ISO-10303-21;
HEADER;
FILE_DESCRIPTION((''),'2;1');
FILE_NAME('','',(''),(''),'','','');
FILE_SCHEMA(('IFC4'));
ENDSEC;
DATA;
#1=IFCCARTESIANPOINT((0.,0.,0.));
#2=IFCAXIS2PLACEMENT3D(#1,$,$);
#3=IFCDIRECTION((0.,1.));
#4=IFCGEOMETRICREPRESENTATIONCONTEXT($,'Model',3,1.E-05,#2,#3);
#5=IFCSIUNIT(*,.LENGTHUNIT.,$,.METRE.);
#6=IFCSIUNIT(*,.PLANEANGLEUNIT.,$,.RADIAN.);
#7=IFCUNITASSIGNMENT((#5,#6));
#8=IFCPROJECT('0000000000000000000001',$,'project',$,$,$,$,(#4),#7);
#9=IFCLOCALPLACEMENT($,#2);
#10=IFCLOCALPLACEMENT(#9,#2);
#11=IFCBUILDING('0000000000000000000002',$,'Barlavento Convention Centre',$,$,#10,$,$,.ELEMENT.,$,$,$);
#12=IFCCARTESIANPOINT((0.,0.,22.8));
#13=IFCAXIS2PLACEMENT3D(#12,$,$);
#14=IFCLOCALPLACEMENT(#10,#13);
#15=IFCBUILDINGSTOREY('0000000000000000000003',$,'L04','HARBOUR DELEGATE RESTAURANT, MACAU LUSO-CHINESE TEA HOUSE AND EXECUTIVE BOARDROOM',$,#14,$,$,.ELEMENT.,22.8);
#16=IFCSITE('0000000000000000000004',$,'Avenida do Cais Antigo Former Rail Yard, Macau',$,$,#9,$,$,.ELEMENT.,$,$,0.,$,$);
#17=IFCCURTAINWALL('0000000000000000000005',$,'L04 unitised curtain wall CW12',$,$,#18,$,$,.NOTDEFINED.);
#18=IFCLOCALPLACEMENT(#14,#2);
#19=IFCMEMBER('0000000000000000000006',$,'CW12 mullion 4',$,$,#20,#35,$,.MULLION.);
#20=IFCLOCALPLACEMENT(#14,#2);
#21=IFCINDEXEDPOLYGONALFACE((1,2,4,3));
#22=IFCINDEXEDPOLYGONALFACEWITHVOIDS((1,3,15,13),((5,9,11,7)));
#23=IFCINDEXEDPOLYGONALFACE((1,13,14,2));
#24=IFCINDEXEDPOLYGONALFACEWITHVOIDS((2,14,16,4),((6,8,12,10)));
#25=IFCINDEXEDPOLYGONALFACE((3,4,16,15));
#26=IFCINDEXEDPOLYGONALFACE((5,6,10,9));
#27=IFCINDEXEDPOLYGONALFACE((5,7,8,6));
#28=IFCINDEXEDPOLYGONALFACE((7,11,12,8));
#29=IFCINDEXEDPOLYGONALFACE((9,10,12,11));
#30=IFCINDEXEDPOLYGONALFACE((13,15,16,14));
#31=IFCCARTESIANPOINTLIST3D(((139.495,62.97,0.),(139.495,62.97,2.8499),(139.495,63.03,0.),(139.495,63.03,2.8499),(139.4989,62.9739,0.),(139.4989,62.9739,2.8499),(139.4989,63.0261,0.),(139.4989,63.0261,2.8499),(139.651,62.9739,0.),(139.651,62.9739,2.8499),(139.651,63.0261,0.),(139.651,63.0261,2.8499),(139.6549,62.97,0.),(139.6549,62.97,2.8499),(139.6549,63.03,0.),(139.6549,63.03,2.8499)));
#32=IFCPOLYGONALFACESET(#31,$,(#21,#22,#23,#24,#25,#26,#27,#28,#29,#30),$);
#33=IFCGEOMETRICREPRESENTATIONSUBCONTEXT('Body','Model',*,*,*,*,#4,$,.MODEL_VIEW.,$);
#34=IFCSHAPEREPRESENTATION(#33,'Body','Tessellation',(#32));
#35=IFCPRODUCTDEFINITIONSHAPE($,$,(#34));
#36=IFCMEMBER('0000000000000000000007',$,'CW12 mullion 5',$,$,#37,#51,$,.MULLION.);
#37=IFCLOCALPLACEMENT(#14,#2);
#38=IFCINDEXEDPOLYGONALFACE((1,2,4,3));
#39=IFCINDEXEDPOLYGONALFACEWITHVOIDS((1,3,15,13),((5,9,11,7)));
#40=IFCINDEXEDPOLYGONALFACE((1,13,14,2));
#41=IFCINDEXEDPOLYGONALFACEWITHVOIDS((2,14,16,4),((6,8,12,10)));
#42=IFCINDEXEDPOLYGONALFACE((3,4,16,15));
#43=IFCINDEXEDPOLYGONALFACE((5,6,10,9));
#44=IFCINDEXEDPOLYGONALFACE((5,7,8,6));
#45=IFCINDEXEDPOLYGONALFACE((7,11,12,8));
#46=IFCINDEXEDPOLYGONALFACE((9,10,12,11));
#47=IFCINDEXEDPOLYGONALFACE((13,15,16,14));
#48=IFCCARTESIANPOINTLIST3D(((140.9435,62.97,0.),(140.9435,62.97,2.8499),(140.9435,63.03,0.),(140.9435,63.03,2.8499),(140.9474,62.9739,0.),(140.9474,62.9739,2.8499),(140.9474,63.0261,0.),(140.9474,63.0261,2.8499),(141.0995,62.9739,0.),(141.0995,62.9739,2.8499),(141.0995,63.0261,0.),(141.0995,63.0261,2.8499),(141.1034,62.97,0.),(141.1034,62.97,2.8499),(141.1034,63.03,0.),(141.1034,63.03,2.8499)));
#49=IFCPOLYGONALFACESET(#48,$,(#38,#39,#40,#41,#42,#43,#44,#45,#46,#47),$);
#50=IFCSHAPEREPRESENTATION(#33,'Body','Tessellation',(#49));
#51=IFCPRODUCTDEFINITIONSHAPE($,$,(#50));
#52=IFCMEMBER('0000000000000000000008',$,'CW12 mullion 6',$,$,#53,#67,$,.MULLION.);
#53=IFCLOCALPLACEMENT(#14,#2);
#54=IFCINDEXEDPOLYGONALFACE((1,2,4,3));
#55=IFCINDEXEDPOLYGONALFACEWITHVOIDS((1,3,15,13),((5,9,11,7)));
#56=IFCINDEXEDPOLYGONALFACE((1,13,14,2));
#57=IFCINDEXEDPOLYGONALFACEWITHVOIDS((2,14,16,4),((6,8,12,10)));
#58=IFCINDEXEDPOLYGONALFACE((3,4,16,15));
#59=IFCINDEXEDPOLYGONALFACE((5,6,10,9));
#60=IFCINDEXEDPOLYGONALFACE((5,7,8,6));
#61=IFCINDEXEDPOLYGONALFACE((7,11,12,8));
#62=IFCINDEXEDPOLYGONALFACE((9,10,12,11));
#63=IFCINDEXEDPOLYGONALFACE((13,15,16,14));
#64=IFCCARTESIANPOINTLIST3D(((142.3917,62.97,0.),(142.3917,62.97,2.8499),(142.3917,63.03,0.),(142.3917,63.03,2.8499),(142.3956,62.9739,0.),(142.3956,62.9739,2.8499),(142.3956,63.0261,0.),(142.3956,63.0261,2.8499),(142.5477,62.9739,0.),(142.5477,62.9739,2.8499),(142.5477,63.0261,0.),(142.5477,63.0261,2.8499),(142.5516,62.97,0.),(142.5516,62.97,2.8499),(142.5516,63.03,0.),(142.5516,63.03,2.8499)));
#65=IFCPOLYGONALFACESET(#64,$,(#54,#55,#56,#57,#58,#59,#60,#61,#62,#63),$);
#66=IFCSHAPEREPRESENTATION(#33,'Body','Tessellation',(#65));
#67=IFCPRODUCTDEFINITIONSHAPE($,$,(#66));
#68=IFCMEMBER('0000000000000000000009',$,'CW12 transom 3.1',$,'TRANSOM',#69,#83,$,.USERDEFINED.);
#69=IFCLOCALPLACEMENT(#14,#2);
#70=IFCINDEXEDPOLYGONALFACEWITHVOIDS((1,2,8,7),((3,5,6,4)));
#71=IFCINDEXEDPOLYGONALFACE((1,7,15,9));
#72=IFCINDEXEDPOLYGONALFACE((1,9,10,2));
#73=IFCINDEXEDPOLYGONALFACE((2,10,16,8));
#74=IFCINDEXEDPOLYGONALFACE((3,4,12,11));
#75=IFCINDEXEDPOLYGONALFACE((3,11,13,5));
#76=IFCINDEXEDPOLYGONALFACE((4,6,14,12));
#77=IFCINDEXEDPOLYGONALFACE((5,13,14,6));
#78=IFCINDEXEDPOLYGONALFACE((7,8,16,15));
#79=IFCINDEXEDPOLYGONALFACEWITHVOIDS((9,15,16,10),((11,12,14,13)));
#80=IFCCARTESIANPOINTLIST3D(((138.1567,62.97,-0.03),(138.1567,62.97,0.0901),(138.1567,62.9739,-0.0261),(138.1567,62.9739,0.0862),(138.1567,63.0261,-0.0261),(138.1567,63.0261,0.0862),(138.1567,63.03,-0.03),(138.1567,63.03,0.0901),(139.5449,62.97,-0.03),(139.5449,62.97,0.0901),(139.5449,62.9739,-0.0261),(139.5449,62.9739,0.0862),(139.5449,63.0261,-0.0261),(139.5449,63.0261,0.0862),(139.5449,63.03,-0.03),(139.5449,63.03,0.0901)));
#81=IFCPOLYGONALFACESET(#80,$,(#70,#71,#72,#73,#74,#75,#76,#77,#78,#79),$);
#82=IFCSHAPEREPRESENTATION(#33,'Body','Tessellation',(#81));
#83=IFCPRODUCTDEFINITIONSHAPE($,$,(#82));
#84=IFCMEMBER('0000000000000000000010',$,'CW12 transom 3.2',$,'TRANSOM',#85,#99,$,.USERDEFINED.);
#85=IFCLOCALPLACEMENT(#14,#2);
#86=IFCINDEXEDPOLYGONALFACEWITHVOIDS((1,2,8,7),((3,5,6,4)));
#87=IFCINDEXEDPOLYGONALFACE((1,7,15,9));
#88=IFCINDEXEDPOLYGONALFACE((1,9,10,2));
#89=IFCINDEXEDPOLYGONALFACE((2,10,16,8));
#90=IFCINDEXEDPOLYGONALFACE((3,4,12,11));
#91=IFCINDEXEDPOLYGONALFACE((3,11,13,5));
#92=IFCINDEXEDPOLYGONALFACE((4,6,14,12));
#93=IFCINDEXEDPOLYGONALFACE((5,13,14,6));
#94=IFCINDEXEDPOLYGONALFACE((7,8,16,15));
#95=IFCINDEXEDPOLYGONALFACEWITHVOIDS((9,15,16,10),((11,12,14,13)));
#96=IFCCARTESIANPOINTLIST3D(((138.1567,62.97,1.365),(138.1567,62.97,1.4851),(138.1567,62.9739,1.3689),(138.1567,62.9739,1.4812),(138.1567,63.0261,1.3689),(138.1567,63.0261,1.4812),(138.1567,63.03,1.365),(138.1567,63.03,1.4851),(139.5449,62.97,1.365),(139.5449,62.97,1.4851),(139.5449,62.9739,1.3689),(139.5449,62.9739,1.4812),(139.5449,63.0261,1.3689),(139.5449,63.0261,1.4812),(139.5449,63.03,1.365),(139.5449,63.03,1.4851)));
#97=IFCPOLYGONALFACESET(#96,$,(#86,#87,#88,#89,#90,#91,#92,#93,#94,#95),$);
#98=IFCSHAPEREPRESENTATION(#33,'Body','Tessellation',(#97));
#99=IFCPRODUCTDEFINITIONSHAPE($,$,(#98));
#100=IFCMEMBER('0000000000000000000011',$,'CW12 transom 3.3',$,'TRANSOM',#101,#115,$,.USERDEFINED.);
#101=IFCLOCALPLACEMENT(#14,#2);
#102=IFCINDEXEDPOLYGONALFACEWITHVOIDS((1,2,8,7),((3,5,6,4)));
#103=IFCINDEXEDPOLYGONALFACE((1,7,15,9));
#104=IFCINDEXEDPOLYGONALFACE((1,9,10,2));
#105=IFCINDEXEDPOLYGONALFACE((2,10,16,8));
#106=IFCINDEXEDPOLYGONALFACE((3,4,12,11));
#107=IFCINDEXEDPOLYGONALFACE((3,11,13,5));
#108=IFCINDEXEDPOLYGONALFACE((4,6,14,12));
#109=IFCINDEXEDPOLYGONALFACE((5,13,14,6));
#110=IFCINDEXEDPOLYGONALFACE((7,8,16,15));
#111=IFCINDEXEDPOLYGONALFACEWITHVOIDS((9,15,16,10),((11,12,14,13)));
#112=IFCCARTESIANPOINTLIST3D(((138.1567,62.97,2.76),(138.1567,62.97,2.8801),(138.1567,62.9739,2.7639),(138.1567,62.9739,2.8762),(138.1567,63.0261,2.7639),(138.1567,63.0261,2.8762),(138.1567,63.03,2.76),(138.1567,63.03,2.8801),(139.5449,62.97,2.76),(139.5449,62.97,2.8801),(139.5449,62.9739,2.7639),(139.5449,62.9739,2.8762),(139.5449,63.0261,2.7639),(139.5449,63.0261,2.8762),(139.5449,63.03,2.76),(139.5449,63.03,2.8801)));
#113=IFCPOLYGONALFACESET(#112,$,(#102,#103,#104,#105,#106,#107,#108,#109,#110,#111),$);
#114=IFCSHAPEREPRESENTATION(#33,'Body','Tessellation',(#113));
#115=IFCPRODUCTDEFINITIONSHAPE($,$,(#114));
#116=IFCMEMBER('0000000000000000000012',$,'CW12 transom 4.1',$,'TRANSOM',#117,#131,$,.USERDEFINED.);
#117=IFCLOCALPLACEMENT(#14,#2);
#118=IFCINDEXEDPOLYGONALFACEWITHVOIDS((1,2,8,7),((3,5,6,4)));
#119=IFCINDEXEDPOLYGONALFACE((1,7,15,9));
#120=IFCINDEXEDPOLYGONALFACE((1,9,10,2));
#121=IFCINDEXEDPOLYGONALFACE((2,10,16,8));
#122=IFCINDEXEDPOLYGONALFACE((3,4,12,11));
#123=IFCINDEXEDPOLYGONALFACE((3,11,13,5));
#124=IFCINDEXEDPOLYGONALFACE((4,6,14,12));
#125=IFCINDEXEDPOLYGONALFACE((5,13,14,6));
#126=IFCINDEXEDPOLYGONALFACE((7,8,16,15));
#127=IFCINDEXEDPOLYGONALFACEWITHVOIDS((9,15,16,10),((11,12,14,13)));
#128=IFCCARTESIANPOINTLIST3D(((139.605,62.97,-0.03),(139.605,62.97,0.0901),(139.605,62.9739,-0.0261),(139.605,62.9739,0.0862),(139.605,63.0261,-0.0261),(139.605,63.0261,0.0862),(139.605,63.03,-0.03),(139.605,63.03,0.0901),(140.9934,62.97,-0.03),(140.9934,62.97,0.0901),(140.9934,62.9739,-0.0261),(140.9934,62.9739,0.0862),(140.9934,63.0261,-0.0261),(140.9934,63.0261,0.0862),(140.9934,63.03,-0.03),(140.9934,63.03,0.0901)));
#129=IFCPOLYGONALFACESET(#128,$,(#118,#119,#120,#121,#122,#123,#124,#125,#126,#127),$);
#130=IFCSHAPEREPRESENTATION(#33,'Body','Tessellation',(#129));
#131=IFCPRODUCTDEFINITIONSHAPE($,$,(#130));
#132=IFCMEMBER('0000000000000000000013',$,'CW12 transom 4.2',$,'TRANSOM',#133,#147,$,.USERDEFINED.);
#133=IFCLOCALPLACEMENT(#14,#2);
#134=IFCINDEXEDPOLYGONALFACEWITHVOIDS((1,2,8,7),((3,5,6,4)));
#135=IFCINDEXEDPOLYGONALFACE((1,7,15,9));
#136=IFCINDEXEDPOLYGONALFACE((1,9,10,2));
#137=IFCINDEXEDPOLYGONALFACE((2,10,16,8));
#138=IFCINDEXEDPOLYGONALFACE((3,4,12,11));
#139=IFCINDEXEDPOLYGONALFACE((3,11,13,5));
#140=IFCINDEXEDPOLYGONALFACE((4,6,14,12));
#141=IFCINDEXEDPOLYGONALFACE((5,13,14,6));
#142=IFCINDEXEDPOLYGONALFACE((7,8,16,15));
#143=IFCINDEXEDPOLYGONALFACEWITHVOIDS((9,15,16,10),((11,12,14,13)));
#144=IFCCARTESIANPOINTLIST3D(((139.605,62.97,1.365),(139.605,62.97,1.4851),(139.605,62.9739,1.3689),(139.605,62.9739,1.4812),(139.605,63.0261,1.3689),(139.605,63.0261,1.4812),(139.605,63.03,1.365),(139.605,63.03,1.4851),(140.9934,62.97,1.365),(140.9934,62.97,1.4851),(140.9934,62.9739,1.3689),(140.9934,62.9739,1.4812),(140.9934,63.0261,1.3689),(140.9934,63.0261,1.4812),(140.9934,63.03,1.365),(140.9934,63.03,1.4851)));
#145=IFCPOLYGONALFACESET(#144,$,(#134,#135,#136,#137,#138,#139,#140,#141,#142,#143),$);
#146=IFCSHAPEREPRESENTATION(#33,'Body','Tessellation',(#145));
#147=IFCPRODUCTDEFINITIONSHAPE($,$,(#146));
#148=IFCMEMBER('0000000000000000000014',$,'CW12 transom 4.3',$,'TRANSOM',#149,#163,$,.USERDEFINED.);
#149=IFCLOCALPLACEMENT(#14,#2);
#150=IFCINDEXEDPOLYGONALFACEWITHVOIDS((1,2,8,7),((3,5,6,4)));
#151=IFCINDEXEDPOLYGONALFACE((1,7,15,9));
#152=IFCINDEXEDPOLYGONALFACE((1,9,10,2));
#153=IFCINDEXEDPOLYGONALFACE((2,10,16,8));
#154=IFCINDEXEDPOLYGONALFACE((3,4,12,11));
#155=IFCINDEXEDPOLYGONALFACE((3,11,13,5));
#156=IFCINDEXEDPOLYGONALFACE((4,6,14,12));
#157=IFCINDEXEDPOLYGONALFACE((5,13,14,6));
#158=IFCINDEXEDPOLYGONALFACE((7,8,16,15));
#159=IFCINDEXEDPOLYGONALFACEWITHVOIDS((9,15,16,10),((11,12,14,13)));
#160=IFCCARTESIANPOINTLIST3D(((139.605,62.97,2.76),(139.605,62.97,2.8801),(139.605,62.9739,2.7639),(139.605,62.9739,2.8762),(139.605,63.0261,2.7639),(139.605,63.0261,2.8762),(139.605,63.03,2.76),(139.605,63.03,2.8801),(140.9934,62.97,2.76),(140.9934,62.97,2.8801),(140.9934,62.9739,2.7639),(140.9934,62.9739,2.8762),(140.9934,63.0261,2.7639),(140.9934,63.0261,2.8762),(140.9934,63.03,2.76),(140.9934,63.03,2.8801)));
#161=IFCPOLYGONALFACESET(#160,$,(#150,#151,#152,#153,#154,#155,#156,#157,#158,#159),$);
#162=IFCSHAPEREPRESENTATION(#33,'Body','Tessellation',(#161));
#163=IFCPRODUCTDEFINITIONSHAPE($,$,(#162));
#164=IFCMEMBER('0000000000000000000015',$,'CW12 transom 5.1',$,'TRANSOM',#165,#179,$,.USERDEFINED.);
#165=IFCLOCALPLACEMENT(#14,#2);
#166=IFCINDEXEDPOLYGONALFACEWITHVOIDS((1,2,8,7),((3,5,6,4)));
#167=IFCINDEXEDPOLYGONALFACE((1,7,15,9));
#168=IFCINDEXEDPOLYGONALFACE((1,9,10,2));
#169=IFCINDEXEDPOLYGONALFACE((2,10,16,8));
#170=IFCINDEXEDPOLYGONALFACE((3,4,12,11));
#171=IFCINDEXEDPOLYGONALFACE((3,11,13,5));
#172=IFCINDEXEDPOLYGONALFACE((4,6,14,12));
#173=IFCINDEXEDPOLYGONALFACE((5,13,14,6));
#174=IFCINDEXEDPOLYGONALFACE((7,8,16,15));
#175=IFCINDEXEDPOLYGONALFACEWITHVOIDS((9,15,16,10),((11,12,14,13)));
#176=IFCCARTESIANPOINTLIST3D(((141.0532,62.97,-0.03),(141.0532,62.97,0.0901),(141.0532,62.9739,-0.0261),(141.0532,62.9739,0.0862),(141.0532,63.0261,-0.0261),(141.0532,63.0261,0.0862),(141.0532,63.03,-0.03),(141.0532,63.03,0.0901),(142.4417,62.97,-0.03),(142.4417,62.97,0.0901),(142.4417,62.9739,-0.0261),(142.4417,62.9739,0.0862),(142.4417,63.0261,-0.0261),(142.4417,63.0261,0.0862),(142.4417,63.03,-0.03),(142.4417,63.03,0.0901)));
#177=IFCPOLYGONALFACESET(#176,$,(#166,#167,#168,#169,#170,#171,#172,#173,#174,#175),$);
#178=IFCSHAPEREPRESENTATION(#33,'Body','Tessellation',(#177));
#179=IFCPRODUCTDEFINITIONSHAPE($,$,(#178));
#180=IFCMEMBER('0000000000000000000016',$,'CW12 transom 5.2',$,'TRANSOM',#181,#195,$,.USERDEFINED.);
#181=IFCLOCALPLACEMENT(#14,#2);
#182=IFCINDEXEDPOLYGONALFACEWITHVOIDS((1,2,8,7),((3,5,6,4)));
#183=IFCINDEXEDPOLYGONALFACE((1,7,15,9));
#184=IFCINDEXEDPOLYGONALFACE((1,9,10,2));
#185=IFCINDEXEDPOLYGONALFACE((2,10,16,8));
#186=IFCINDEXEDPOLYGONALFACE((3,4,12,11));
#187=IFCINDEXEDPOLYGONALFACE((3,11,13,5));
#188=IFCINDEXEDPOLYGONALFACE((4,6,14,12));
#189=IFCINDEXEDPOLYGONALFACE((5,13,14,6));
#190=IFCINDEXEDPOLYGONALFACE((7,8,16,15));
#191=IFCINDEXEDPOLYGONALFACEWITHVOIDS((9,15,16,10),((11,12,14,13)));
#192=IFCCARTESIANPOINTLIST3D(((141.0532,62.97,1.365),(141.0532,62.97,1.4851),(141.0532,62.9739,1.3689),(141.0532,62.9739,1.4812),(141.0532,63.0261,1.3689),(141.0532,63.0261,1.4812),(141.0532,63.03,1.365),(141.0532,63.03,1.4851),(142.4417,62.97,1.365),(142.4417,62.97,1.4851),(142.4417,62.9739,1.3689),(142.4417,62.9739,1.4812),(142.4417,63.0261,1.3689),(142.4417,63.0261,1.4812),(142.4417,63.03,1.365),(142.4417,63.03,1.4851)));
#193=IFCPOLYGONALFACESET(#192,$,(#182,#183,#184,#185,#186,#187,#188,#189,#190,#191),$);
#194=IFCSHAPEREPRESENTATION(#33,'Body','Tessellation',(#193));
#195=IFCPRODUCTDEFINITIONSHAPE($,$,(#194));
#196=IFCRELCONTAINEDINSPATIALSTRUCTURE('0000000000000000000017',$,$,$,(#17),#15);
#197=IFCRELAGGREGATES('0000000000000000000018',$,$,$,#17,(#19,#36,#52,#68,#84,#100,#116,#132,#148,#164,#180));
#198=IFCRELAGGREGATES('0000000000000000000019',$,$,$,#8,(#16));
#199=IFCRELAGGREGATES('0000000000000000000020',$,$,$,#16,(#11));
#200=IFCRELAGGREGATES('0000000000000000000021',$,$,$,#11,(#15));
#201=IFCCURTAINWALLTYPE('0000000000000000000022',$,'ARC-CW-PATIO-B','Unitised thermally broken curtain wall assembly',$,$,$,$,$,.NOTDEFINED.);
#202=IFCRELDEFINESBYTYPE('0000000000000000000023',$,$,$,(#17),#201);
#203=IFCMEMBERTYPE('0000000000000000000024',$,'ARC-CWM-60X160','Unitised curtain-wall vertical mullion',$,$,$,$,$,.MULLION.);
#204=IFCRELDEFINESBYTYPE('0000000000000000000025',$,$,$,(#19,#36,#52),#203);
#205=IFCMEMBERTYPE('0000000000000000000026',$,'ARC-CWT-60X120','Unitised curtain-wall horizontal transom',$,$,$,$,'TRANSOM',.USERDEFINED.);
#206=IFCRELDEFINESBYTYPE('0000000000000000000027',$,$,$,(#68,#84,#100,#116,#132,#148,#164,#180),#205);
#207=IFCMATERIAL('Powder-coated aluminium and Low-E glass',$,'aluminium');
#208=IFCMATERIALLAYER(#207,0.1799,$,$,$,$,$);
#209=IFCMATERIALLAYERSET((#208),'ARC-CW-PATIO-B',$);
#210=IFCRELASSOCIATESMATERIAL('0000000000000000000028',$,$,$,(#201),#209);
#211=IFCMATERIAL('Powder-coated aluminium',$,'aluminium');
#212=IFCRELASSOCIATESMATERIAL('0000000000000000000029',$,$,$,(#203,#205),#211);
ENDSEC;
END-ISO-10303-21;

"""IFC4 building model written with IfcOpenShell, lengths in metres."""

from ifc_helpers import new_model, si_unit, direction, frame, origin, origin_2d, place, context, subcontext, project, spatial, hollow_rectangle, extrude, material, layer, layer_set, material_profile, profile_set, type_object, element, aggregate, save


model = new_model("IFC4")

# Units and contexts
model_context = context("Model", 3, precision=1e-05, world=origin(), true_north=direction((0.0, 1.0)))
body_context = subcontext(model_context, "Body", "Model", "MODEL_VIEW")
ifc_project = project(units=[si_unit("LENGTHUNIT", "METRE"), si_unit("PLANEANGLEUNIT", "RADIAN")], contexts=[model_context])

# Site, building, storey
site_placement = place(None, origin())
site = spatial("IfcSite", under=ifc_project, at=site_placement, Name="Avenida do Cais Antigo Former Rail Yard, Macau", CompositionType="ELEMENT", RefElevation=0.0)
building_placement = place(site_placement, origin())
building = spatial("IfcBuilding", under=site, at=building_placement, Name="Barlavento Convention Centre", CompositionType="ELEMENT")
storey_placement = place(building_placement, frame((0.0, 0.0, 22.8)))
storey = spatial("IfcBuildingStorey", under=building, at=storey_placement, Name="L04", Description="HARBOUR DELEGATE RESTAURANT, MACAU LUSO-CHINESE TEA HOUSE AND EXECUTIVE BOARDROOM", CompositionType="ELEMENT", Elevation=22.8)

# Curtain wall, members
ifc_material_1 = material(Name="Powder-coated aluminium and Low-E glass", Category="aluminium")
ifc_layer_1 = layer(ifc_material_1, 0.1799)
ifc_layer_set_1 = layer_set([ifc_layer_1], Name="ARC-CW-PATIO-B")
curtain_wall_type = type_object("IfcCurtainWallType", Name="ARC-CW-PATIO-B", Description="Unitised thermally broken curtain wall assembly", PredefinedType="NOTDEFINED", material=ifc_layer_set_1)
curtain_wall_placement = place(storey_placement, origin())
curtain_wall = element("IfcCurtainWall", 1, at=curtain_wall_placement, inside=storey, type_object=curtain_wall_type, Name="L04 unitised curtain wall CW12", PredefinedType="NOTDEFINED")
ifc_material_2 = material(Name="Powder-coated aluminium", Category="aluminium")
ifc_material_profile_1 = material_profile(ifc_material_2, hollow_rectangle(XDim=0.0601, YDim=0.1599, WallThickness=0.0039, at=origin_2d()), Name="AL-MULL 60x160x4")
ifc_profile_set_1 = profile_set([ifc_material_profile_1], Name="Powder-coated aluminium")
member_type_1 = type_object("IfcMemberType", Name="ARC-CWM-60X160", Description="Unitised curtain-wall vertical mullion", PredefinedType="MULLION", material=ifc_profile_set_1)
member_1_placement = place(storey_placement, frame((139.575, 63.0, 0.0), z_axis=(0.0, 0.0, 1.0), x_axis=(0.0, 1.0, 0.0)))
member_1 = element("IfcMember", 2, at=member_1_placement, type_object=member_type_1, Name="CW12 mullion 4", PredefinedType="MULLION", context=body_context, shape_type="SweptSolid", body=[
    extrude(hollow_rectangle(XDim=0.0601, YDim=0.1599, WallThickness=0.0039, at=origin_2d()), origin(), (0.0, 0.0, 1.0), 2.8499),
])
member_2_placement = place(storey_placement, frame((141.0234, 63.0, 0.0), z_axis=(0.0, 0.0, 1.0), x_axis=(0.0, 1.0, 0.0)))
member_2 = element("IfcMember", 3, at=member_2_placement, type_object=member_type_1, Name="CW12 mullion 5", PredefinedType="MULLION", context=body_context, shape_type="SweptSolid", body=[
    extrude(hollow_rectangle(XDim=0.0601, YDim=0.1599, WallThickness=0.0039, at=origin_2d()), origin(), (0.0, 0.0, 1.0), 2.8499),
])
member_3_placement = place(storey_placement, frame((142.4717, 63.0, 0.0), z_axis=(0.0, 0.0, 1.0), x_axis=(0.0, 1.0, 0.0)))
member_3 = element("IfcMember", 4, at=member_3_placement, type_object=member_type_1, Name="CW12 mullion 6", PredefinedType="MULLION", context=body_context, shape_type="SweptSolid", body=[
    extrude(hollow_rectangle(XDim=0.0601, YDim=0.1599, WallThickness=0.0039, at=origin_2d()), origin(), (0.0, 0.0, 1.0), 2.8499),
])
ifc_material_profile_2 = material_profile(ifc_material_2, hollow_rectangle(XDim=0.0601, YDim=0.1201, WallThickness=0.0039, at=origin_2d()), Name="AL-TRAN 60x120x4")
ifc_profile_set_2 = profile_set([ifc_material_profile_2], Name="Powder-coated aluminium")
member_type_2 = type_object("IfcMemberType", Name="ARC-CWT-60X120", Description="Unitised curtain-wall horizontal transom", ElementType="TRANSOM", PredefinedType="USERDEFINED", material=ifc_profile_set_2)
member_4_placement = place(storey_placement, frame((138.1567, 63.0, 0.03), z_axis=(1.0, 0.0, 0.0), x_axis=(0.0, 1.0, 0.0)))
member_4 = element("IfcMember", 5, at=member_4_placement, type_object=member_type_2, Name="CW12 transom 3.1", ObjectType="TRANSOM", PredefinedType="USERDEFINED", context=body_context, shape_type="SweptSolid", body=[
    extrude(hollow_rectangle(XDim=0.0601, YDim=0.1201, WallThickness=0.0039, at=origin_2d()), origin(), (0.0, 0.0, 1.0), 1.3882),
])
member_5_placement = place(storey_placement, frame((138.1567, 63.0, 1.425), z_axis=(1.0, 0.0, 0.0), x_axis=(0.0, 1.0, 0.0)))
member_5 = element("IfcMember", 6, at=member_5_placement, type_object=member_type_2, Name="CW12 transom 3.2", ObjectType="TRANSOM", PredefinedType="USERDEFINED", context=body_context, shape_type="SweptSolid", body=[
    extrude(hollow_rectangle(XDim=0.0601, YDim=0.1201, WallThickness=0.0039, at=origin_2d()), origin(), (0.0, 0.0, 1.0), 1.3882),
])
member_6_placement = place(storey_placement, frame((138.1567, 63.0, 2.8201), z_axis=(1.0, 0.0, 0.0), x_axis=(0.0, 1.0, 0.0)))
member_6 = element("IfcMember", 7, at=member_6_placement, type_object=member_type_2, Name="CW12 transom 3.3", ObjectType="TRANSOM", PredefinedType="USERDEFINED", context=body_context, shape_type="SweptSolid", body=[
    extrude(hollow_rectangle(XDim=0.0601, YDim=0.1201, WallThickness=0.0039, at=origin_2d()), origin(), (0.0, 0.0, 1.0), 1.3882),
])
member_7_placement = place(storey_placement, frame((139.605, 63.0, 0.03), z_axis=(1.0, 0.0, 0.0), x_axis=(0.0, 1.0, 0.0)))
member_7 = element("IfcMember", 8, at=member_7_placement, type_object=member_type_2, Name="CW12 transom 4.1", ObjectType="TRANSOM", PredefinedType="USERDEFINED", context=body_context, shape_type="SweptSolid", body=[
    extrude(hollow_rectangle(XDim=0.0601, YDim=0.1201, WallThickness=0.0039, at=origin_2d()), origin(), (0.0, 0.0, 1.0), 1.3884),
])
member_8_placement = place(storey_placement, frame((139.605, 63.0, 1.425), z_axis=(1.0, 0.0, 0.0), x_axis=(0.0, 1.0, 0.0)))
member_8 = element("IfcMember", 9, at=member_8_placement, type_object=member_type_2, Name="CW12 transom 4.2", ObjectType="TRANSOM", PredefinedType="USERDEFINED", context=body_context, shape_type="SweptSolid", body=[
    extrude(hollow_rectangle(XDim=0.0601, YDim=0.1201, WallThickness=0.0039, at=origin_2d()), origin(), (0.0, 0.0, 1.0), 1.3884),
])
member_9_placement = place(storey_placement, frame((139.605, 63.0, 2.8201), z_axis=(1.0, 0.0, 0.0), x_axis=(0.0, 1.0, 0.0)))
member_9 = element("IfcMember", 10, at=member_9_placement, type_object=member_type_2, Name="CW12 transom 4.3", ObjectType="TRANSOM", PredefinedType="USERDEFINED", context=body_context, shape_type="SweptSolid", body=[
    extrude(hollow_rectangle(XDim=0.0601, YDim=0.1201, WallThickness=0.0039, at=origin_2d()), origin(), (0.0, 0.0, 1.0), 1.3884),
])
member_10_placement = place(storey_placement, frame((141.0532, 63.0, 0.03), z_axis=(1.0, 0.0, 0.0), x_axis=(0.0, 1.0, 0.0)))
member_10 = element("IfcMember", 11, at=member_10_placement, type_object=member_type_2, Name="CW12 transom 5.1", ObjectType="TRANSOM", PredefinedType="USERDEFINED", context=body_context, shape_type="SweptSolid", body=[
    extrude(hollow_rectangle(XDim=0.0601, YDim=0.1201, WallThickness=0.0039, at=origin_2d()), origin(), (0.0, 0.0, 1.0), 1.3884),
])
member_11_placement = place(storey_placement, frame((141.0532, 63.0, 1.425), z_axis=(1.0, 0.0, 0.0), x_axis=(0.0, 1.0, 0.0)))
member_11 = element("IfcMember", 12, at=member_11_placement, type_object=member_type_2, Name="CW12 transom 5.2", ObjectType="TRANSOM", PredefinedType="USERDEFINED", context=body_context, shape_type="SweptSolid", body=[
    extrude(hollow_rectangle(XDim=0.0601, YDim=0.1201, WallThickness=0.0039, at=origin_2d()), origin(), (0.0, 0.0, 1.0), 1.3884),
])

aggregate(curtain_wall, [member_1, member_2, member_3, member_4, member_5, member_6, member_7, member_8, member_9, member_10, member_11])

save(model, "model.ifc")
